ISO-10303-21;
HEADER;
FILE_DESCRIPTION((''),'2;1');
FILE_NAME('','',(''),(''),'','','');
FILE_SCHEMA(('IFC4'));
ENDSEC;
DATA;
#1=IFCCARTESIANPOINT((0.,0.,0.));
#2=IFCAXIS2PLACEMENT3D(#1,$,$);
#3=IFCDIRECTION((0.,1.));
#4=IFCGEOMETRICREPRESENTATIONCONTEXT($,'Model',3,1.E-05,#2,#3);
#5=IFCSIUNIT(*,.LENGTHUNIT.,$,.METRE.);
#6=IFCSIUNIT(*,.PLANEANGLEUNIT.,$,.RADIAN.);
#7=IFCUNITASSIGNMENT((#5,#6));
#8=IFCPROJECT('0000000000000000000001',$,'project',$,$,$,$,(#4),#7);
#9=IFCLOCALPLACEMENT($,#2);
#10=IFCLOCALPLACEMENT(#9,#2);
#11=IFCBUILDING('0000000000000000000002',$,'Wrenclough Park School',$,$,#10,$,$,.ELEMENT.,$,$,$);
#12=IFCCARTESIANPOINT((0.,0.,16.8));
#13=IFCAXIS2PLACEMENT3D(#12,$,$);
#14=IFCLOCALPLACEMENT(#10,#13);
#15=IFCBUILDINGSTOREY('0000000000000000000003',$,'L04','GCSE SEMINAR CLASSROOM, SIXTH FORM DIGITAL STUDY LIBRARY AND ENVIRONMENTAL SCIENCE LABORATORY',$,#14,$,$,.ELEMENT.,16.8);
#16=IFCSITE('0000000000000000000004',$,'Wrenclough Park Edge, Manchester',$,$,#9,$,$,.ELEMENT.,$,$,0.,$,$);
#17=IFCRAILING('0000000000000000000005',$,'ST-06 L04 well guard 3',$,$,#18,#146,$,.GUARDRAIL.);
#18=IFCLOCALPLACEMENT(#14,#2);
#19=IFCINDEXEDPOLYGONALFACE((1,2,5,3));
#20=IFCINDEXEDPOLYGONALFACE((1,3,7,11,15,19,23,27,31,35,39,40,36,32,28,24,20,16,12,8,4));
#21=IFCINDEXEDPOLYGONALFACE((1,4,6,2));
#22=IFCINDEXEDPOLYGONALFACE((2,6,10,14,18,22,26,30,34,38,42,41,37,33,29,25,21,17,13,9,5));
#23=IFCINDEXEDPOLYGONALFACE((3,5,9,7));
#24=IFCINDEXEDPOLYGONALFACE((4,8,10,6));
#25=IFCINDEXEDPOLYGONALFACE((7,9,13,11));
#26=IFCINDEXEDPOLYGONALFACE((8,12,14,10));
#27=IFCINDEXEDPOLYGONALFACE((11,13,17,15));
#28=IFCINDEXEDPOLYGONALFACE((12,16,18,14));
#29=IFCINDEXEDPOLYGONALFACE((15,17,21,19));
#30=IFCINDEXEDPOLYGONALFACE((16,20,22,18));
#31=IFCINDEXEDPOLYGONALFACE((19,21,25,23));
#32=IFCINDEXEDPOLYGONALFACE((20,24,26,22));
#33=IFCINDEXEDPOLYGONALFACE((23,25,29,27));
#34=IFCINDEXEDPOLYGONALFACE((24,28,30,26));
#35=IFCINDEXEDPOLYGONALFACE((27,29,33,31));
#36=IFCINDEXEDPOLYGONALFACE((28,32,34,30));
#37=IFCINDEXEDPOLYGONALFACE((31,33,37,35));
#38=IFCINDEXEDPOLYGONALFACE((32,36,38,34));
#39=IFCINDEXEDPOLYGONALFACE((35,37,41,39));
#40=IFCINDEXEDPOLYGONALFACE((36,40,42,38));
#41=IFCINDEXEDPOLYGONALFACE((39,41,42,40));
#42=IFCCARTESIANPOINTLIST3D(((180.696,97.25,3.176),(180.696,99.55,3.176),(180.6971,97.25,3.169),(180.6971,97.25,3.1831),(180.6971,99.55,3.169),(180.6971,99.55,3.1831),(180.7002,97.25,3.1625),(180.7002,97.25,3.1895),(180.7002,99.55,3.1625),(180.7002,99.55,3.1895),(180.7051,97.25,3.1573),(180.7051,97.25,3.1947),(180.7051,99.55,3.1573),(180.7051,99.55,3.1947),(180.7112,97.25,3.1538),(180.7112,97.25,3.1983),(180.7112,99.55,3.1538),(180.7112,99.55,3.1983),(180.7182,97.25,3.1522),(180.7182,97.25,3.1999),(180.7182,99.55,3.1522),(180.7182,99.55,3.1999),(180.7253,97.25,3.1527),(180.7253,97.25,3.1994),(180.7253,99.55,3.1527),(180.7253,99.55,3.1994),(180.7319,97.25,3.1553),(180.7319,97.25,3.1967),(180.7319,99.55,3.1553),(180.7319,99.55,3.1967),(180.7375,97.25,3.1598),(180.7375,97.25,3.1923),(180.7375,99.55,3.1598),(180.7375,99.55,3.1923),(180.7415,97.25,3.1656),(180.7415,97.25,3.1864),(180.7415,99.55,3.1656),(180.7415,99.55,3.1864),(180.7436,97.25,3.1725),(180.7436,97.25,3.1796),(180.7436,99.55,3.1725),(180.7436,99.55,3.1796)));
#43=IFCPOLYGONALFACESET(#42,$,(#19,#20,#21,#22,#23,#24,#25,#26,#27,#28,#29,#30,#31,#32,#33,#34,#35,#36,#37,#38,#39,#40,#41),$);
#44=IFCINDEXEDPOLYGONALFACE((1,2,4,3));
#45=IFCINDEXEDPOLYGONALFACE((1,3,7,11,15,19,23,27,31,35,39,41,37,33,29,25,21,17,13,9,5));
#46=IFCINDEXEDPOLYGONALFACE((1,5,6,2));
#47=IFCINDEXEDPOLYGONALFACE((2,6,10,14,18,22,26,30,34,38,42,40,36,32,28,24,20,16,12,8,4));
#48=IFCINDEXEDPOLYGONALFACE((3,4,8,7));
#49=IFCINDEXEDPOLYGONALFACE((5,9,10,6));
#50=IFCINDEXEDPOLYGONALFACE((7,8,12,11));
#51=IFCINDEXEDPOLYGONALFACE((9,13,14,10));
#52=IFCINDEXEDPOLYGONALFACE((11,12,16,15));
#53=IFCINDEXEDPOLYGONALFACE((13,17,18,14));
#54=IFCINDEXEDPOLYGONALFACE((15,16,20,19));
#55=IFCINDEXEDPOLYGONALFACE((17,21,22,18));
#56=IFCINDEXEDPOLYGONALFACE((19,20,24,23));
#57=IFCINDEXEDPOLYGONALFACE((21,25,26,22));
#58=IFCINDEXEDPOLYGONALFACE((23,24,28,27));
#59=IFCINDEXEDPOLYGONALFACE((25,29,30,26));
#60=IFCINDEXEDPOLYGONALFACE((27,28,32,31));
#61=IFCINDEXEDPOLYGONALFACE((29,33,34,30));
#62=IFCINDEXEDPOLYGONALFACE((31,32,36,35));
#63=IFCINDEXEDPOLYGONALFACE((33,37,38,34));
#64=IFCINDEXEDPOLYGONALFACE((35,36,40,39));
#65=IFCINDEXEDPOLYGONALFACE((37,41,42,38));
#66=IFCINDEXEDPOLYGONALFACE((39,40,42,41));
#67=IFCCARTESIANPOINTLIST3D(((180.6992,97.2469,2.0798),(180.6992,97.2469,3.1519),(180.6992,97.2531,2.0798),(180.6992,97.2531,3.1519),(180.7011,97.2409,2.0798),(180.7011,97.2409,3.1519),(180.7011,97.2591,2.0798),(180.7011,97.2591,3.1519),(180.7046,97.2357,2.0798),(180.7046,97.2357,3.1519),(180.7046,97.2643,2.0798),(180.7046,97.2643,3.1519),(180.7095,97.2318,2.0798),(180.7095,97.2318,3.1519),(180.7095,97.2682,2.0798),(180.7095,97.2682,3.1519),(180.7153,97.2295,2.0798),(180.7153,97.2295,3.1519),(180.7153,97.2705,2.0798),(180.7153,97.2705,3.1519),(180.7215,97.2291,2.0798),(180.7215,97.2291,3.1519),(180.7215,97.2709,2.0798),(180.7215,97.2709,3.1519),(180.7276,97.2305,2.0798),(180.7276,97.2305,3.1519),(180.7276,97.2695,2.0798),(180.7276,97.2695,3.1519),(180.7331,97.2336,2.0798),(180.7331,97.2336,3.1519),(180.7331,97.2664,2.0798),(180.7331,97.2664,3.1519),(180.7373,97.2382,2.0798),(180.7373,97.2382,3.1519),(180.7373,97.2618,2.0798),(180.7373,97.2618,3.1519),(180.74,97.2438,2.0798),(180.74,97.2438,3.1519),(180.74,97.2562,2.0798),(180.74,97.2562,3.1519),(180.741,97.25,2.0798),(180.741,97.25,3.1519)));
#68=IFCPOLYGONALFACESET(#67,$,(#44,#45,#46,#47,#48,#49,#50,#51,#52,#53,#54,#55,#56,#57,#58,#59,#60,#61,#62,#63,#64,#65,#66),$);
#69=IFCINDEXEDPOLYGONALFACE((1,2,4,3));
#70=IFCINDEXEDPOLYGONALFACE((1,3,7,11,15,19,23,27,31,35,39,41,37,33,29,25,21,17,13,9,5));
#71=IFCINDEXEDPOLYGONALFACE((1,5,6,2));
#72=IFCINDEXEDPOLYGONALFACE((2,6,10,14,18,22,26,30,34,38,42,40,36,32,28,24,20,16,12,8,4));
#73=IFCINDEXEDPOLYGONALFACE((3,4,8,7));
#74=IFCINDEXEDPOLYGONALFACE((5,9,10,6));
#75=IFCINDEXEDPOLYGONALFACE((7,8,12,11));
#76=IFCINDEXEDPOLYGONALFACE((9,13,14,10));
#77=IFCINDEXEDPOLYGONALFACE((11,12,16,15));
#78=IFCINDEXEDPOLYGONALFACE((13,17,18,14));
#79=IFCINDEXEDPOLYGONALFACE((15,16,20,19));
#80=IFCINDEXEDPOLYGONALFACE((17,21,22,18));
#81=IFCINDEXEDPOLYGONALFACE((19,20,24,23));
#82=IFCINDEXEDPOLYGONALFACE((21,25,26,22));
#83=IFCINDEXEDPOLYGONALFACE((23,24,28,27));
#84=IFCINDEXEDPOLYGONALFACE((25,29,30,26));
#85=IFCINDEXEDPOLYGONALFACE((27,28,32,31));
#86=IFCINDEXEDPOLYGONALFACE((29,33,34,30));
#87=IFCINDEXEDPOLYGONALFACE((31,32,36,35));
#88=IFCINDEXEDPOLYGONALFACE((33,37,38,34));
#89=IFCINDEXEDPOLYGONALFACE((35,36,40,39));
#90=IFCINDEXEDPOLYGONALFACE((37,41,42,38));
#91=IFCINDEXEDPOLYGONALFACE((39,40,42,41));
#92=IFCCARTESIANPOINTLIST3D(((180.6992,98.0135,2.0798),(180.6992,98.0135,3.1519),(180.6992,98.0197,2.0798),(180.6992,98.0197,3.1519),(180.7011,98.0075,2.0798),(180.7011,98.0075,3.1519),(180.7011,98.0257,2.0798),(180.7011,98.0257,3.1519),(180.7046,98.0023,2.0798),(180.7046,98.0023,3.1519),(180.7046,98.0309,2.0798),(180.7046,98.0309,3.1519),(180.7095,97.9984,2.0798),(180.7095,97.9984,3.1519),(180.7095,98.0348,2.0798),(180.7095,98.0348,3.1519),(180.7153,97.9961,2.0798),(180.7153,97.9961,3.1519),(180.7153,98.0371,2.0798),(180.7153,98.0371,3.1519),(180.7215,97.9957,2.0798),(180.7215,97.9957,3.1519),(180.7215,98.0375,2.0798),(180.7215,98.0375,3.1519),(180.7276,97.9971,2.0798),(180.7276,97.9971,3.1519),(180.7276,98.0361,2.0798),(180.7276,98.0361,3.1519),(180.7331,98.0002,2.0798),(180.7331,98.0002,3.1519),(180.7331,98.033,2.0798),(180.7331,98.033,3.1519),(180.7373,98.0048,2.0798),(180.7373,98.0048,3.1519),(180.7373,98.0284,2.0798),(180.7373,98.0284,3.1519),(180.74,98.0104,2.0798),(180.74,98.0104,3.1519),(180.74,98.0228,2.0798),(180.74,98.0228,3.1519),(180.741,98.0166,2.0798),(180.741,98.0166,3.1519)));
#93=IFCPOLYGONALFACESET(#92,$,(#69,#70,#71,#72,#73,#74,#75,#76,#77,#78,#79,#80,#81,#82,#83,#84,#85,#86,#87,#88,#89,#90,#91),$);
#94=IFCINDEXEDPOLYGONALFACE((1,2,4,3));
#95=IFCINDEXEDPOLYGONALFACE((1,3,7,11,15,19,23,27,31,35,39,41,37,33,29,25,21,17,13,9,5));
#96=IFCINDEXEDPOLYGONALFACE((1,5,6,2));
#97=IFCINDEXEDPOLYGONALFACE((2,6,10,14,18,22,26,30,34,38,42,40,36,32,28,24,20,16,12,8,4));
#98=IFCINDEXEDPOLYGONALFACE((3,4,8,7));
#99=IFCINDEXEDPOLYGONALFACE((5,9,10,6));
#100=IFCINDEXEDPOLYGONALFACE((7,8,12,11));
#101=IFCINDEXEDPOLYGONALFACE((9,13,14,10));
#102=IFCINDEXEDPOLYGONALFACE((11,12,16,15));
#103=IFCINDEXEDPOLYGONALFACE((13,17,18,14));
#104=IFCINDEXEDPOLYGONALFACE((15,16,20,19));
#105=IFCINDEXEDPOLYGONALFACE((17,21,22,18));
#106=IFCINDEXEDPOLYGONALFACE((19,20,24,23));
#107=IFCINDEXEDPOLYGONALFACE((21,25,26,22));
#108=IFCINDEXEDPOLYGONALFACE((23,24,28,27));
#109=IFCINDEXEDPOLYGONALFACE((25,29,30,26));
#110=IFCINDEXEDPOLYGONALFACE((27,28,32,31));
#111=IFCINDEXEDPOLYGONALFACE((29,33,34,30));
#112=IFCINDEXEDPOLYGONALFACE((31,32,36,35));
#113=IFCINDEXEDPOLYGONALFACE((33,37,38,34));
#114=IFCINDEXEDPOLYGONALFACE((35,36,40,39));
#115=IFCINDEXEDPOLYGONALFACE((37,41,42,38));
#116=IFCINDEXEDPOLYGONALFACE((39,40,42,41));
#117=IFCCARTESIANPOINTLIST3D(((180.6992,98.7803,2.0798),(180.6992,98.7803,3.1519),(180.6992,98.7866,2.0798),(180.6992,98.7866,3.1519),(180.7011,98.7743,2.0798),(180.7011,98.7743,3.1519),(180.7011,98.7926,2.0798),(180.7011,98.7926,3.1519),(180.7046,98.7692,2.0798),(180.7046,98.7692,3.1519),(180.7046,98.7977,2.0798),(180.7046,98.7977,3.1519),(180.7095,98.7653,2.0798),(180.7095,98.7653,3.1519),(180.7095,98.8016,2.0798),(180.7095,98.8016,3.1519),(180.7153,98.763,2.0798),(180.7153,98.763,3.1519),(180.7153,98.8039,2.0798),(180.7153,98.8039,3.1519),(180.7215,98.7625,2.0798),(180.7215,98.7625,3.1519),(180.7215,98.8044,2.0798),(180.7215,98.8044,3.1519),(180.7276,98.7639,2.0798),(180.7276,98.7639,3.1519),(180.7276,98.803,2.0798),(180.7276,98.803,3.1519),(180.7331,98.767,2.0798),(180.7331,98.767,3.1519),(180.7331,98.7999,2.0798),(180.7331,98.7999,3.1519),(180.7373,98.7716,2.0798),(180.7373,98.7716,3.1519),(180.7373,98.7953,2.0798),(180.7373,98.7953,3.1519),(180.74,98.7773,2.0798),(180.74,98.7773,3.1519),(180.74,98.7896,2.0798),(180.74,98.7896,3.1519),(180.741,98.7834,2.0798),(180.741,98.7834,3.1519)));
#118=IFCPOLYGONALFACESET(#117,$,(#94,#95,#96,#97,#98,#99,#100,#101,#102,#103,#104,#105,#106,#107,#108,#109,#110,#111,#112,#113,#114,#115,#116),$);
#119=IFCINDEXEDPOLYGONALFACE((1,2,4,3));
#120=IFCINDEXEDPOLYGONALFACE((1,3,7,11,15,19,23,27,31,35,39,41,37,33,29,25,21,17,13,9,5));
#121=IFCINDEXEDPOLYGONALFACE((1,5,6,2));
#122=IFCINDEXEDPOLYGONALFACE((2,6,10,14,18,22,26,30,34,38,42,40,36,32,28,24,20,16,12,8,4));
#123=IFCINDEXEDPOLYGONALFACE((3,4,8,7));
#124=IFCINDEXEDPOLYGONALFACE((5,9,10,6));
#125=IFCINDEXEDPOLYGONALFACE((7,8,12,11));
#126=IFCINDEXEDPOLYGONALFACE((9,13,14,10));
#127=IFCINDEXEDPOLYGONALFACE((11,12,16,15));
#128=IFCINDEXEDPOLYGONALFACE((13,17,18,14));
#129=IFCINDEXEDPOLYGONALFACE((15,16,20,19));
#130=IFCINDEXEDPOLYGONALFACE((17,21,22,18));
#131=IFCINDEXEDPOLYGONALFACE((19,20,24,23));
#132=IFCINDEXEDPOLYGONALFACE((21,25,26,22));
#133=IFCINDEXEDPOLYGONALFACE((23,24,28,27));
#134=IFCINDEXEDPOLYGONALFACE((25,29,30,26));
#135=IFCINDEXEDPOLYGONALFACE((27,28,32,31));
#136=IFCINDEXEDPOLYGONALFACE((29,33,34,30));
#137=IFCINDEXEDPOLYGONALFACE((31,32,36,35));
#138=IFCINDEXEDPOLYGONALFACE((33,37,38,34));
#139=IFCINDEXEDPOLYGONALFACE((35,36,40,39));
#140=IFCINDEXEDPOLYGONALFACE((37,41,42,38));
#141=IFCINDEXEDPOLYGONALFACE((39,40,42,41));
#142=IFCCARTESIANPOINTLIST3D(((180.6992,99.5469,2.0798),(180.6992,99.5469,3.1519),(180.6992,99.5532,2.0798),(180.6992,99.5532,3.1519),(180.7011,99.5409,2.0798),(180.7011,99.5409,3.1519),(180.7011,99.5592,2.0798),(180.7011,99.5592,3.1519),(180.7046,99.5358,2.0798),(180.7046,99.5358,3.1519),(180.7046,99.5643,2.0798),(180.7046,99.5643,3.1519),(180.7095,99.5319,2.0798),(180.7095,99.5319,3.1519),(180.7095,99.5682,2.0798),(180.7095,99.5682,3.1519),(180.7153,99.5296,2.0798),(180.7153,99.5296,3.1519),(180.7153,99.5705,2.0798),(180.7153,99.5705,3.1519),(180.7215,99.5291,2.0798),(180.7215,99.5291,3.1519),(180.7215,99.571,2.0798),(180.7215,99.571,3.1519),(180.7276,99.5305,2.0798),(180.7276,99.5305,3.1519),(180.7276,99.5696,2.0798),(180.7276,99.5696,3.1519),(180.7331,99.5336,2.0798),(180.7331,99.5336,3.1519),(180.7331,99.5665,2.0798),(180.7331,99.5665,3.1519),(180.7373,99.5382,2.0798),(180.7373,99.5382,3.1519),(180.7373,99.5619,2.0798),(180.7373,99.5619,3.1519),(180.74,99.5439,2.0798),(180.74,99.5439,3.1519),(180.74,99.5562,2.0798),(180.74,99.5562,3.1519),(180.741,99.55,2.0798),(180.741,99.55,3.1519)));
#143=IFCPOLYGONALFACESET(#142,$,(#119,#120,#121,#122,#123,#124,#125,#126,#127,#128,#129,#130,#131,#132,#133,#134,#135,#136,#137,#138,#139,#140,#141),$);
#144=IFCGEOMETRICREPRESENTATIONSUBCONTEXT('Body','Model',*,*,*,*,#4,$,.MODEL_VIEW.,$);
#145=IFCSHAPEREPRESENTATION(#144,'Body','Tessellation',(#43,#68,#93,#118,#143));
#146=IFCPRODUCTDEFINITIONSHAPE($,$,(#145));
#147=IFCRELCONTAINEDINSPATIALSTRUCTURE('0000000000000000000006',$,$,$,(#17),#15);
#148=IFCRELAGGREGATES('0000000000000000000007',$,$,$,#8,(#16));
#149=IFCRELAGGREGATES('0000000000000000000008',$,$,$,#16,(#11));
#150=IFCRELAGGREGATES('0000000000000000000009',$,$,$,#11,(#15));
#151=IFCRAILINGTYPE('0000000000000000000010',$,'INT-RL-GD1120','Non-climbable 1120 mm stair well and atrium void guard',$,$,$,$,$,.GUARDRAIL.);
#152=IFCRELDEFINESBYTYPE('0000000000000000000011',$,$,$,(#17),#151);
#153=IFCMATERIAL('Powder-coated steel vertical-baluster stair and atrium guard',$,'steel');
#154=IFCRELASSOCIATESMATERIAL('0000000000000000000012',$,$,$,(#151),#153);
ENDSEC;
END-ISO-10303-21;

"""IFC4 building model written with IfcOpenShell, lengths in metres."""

from ifc_helpers import new_model, si_unit, direction, frame, origin, origin_2d, place, context, subcontext, project, spatial, circle, extrude, material, type_object, element, save


model = new_model("IFC4")

# Units and contexts
model_context = context("Model", 3, precision=1e-05, world=origin(), true_north=direction((0.0, 1.0)))
body_context = subcontext(model_context, "Body", "Model", "MODEL_VIEW")
ifc_project = project(units=[si_unit("LENGTHUNIT", "METRE"), si_unit("PLANEANGLEUNIT", "RADIAN")], contexts=[model_context])

# Site, building, storey
site_placement = place(None, origin())
site = spatial("IfcSite", under=ifc_project, at=site_placement, Name="Wrenclough Park Edge, Manchester", CompositionType="ELEMENT", RefElevation=0.0)
building_placement = place(site_placement, origin())
building = spatial("IfcBuilding", under=site, at=building_placement, Name="Wrenclough Park School", CompositionType="ELEMENT")
storey_placement = place(building_placement, frame((0.0, 0.0, 16.8)))
storey = spatial("IfcBuildingStorey", under=building, at=storey_placement, Name="L04", Description="GCSE SEMINAR CLASSROOM, SIXTH FORM DIGITAL STUDY LIBRARY AND ENVIRONMENTAL SCIENCE LABORATORY", CompositionType="ELEMENT", Elevation=16.8)

# Railing
ifc_material_1 = material(Name="Powder-coated steel vertical-baluster stair and atrium guard", Category="steel")
railing_type_1 = type_object("IfcRailingType", Name="INT-RL-GD1120", Description="Non-climbable 1120 mm stair well and atrium void guard", PredefinedType="GUARDRAIL", material=ifc_material_1)
railing_1_placement = place(storey_placement, frame((180.72, 97.25, 2.0798)))
element("IfcRailing", 1, at=railing_1_placement, inside=storey, type_object=railing_type_1, Name="ST-06 L04 well guard 3", PredefinedType="GUARDRAIL", context=body_context, shape_type="SweptSolid", body=[
    extrude(circle(Radius=0.0239, at=origin_2d()), frame((0.0, 0.0, 1.0962), z_axis=(0.0, 1.0, 0.0), x_axis=(-1.0, 0.0, 0.0)), (0.0, 0.0, 1.0), 2.3),
    extrude(circle(Radius=0.021, at=origin_2d()), origin(), (0.0, 0.0, 1.0), 1.072),
    extrude(circle(Radius=0.021, at=origin_2d()), frame((0.0, 0.7666, 0.0)), (0.0, 0.0, 1.0), 1.072),
    extrude(circle(Radius=0.021, at=origin_2d()), frame((0.0, 1.5334, 0.0)), (0.0, 0.0, 1.0), 1.072),
    extrude(circle(Radius=0.021, at=origin_2d()), frame((0.0, 2.3, 0.0)), (0.0, 0.0, 1.0), 1.072),
])

save(model, "model.ifc")
